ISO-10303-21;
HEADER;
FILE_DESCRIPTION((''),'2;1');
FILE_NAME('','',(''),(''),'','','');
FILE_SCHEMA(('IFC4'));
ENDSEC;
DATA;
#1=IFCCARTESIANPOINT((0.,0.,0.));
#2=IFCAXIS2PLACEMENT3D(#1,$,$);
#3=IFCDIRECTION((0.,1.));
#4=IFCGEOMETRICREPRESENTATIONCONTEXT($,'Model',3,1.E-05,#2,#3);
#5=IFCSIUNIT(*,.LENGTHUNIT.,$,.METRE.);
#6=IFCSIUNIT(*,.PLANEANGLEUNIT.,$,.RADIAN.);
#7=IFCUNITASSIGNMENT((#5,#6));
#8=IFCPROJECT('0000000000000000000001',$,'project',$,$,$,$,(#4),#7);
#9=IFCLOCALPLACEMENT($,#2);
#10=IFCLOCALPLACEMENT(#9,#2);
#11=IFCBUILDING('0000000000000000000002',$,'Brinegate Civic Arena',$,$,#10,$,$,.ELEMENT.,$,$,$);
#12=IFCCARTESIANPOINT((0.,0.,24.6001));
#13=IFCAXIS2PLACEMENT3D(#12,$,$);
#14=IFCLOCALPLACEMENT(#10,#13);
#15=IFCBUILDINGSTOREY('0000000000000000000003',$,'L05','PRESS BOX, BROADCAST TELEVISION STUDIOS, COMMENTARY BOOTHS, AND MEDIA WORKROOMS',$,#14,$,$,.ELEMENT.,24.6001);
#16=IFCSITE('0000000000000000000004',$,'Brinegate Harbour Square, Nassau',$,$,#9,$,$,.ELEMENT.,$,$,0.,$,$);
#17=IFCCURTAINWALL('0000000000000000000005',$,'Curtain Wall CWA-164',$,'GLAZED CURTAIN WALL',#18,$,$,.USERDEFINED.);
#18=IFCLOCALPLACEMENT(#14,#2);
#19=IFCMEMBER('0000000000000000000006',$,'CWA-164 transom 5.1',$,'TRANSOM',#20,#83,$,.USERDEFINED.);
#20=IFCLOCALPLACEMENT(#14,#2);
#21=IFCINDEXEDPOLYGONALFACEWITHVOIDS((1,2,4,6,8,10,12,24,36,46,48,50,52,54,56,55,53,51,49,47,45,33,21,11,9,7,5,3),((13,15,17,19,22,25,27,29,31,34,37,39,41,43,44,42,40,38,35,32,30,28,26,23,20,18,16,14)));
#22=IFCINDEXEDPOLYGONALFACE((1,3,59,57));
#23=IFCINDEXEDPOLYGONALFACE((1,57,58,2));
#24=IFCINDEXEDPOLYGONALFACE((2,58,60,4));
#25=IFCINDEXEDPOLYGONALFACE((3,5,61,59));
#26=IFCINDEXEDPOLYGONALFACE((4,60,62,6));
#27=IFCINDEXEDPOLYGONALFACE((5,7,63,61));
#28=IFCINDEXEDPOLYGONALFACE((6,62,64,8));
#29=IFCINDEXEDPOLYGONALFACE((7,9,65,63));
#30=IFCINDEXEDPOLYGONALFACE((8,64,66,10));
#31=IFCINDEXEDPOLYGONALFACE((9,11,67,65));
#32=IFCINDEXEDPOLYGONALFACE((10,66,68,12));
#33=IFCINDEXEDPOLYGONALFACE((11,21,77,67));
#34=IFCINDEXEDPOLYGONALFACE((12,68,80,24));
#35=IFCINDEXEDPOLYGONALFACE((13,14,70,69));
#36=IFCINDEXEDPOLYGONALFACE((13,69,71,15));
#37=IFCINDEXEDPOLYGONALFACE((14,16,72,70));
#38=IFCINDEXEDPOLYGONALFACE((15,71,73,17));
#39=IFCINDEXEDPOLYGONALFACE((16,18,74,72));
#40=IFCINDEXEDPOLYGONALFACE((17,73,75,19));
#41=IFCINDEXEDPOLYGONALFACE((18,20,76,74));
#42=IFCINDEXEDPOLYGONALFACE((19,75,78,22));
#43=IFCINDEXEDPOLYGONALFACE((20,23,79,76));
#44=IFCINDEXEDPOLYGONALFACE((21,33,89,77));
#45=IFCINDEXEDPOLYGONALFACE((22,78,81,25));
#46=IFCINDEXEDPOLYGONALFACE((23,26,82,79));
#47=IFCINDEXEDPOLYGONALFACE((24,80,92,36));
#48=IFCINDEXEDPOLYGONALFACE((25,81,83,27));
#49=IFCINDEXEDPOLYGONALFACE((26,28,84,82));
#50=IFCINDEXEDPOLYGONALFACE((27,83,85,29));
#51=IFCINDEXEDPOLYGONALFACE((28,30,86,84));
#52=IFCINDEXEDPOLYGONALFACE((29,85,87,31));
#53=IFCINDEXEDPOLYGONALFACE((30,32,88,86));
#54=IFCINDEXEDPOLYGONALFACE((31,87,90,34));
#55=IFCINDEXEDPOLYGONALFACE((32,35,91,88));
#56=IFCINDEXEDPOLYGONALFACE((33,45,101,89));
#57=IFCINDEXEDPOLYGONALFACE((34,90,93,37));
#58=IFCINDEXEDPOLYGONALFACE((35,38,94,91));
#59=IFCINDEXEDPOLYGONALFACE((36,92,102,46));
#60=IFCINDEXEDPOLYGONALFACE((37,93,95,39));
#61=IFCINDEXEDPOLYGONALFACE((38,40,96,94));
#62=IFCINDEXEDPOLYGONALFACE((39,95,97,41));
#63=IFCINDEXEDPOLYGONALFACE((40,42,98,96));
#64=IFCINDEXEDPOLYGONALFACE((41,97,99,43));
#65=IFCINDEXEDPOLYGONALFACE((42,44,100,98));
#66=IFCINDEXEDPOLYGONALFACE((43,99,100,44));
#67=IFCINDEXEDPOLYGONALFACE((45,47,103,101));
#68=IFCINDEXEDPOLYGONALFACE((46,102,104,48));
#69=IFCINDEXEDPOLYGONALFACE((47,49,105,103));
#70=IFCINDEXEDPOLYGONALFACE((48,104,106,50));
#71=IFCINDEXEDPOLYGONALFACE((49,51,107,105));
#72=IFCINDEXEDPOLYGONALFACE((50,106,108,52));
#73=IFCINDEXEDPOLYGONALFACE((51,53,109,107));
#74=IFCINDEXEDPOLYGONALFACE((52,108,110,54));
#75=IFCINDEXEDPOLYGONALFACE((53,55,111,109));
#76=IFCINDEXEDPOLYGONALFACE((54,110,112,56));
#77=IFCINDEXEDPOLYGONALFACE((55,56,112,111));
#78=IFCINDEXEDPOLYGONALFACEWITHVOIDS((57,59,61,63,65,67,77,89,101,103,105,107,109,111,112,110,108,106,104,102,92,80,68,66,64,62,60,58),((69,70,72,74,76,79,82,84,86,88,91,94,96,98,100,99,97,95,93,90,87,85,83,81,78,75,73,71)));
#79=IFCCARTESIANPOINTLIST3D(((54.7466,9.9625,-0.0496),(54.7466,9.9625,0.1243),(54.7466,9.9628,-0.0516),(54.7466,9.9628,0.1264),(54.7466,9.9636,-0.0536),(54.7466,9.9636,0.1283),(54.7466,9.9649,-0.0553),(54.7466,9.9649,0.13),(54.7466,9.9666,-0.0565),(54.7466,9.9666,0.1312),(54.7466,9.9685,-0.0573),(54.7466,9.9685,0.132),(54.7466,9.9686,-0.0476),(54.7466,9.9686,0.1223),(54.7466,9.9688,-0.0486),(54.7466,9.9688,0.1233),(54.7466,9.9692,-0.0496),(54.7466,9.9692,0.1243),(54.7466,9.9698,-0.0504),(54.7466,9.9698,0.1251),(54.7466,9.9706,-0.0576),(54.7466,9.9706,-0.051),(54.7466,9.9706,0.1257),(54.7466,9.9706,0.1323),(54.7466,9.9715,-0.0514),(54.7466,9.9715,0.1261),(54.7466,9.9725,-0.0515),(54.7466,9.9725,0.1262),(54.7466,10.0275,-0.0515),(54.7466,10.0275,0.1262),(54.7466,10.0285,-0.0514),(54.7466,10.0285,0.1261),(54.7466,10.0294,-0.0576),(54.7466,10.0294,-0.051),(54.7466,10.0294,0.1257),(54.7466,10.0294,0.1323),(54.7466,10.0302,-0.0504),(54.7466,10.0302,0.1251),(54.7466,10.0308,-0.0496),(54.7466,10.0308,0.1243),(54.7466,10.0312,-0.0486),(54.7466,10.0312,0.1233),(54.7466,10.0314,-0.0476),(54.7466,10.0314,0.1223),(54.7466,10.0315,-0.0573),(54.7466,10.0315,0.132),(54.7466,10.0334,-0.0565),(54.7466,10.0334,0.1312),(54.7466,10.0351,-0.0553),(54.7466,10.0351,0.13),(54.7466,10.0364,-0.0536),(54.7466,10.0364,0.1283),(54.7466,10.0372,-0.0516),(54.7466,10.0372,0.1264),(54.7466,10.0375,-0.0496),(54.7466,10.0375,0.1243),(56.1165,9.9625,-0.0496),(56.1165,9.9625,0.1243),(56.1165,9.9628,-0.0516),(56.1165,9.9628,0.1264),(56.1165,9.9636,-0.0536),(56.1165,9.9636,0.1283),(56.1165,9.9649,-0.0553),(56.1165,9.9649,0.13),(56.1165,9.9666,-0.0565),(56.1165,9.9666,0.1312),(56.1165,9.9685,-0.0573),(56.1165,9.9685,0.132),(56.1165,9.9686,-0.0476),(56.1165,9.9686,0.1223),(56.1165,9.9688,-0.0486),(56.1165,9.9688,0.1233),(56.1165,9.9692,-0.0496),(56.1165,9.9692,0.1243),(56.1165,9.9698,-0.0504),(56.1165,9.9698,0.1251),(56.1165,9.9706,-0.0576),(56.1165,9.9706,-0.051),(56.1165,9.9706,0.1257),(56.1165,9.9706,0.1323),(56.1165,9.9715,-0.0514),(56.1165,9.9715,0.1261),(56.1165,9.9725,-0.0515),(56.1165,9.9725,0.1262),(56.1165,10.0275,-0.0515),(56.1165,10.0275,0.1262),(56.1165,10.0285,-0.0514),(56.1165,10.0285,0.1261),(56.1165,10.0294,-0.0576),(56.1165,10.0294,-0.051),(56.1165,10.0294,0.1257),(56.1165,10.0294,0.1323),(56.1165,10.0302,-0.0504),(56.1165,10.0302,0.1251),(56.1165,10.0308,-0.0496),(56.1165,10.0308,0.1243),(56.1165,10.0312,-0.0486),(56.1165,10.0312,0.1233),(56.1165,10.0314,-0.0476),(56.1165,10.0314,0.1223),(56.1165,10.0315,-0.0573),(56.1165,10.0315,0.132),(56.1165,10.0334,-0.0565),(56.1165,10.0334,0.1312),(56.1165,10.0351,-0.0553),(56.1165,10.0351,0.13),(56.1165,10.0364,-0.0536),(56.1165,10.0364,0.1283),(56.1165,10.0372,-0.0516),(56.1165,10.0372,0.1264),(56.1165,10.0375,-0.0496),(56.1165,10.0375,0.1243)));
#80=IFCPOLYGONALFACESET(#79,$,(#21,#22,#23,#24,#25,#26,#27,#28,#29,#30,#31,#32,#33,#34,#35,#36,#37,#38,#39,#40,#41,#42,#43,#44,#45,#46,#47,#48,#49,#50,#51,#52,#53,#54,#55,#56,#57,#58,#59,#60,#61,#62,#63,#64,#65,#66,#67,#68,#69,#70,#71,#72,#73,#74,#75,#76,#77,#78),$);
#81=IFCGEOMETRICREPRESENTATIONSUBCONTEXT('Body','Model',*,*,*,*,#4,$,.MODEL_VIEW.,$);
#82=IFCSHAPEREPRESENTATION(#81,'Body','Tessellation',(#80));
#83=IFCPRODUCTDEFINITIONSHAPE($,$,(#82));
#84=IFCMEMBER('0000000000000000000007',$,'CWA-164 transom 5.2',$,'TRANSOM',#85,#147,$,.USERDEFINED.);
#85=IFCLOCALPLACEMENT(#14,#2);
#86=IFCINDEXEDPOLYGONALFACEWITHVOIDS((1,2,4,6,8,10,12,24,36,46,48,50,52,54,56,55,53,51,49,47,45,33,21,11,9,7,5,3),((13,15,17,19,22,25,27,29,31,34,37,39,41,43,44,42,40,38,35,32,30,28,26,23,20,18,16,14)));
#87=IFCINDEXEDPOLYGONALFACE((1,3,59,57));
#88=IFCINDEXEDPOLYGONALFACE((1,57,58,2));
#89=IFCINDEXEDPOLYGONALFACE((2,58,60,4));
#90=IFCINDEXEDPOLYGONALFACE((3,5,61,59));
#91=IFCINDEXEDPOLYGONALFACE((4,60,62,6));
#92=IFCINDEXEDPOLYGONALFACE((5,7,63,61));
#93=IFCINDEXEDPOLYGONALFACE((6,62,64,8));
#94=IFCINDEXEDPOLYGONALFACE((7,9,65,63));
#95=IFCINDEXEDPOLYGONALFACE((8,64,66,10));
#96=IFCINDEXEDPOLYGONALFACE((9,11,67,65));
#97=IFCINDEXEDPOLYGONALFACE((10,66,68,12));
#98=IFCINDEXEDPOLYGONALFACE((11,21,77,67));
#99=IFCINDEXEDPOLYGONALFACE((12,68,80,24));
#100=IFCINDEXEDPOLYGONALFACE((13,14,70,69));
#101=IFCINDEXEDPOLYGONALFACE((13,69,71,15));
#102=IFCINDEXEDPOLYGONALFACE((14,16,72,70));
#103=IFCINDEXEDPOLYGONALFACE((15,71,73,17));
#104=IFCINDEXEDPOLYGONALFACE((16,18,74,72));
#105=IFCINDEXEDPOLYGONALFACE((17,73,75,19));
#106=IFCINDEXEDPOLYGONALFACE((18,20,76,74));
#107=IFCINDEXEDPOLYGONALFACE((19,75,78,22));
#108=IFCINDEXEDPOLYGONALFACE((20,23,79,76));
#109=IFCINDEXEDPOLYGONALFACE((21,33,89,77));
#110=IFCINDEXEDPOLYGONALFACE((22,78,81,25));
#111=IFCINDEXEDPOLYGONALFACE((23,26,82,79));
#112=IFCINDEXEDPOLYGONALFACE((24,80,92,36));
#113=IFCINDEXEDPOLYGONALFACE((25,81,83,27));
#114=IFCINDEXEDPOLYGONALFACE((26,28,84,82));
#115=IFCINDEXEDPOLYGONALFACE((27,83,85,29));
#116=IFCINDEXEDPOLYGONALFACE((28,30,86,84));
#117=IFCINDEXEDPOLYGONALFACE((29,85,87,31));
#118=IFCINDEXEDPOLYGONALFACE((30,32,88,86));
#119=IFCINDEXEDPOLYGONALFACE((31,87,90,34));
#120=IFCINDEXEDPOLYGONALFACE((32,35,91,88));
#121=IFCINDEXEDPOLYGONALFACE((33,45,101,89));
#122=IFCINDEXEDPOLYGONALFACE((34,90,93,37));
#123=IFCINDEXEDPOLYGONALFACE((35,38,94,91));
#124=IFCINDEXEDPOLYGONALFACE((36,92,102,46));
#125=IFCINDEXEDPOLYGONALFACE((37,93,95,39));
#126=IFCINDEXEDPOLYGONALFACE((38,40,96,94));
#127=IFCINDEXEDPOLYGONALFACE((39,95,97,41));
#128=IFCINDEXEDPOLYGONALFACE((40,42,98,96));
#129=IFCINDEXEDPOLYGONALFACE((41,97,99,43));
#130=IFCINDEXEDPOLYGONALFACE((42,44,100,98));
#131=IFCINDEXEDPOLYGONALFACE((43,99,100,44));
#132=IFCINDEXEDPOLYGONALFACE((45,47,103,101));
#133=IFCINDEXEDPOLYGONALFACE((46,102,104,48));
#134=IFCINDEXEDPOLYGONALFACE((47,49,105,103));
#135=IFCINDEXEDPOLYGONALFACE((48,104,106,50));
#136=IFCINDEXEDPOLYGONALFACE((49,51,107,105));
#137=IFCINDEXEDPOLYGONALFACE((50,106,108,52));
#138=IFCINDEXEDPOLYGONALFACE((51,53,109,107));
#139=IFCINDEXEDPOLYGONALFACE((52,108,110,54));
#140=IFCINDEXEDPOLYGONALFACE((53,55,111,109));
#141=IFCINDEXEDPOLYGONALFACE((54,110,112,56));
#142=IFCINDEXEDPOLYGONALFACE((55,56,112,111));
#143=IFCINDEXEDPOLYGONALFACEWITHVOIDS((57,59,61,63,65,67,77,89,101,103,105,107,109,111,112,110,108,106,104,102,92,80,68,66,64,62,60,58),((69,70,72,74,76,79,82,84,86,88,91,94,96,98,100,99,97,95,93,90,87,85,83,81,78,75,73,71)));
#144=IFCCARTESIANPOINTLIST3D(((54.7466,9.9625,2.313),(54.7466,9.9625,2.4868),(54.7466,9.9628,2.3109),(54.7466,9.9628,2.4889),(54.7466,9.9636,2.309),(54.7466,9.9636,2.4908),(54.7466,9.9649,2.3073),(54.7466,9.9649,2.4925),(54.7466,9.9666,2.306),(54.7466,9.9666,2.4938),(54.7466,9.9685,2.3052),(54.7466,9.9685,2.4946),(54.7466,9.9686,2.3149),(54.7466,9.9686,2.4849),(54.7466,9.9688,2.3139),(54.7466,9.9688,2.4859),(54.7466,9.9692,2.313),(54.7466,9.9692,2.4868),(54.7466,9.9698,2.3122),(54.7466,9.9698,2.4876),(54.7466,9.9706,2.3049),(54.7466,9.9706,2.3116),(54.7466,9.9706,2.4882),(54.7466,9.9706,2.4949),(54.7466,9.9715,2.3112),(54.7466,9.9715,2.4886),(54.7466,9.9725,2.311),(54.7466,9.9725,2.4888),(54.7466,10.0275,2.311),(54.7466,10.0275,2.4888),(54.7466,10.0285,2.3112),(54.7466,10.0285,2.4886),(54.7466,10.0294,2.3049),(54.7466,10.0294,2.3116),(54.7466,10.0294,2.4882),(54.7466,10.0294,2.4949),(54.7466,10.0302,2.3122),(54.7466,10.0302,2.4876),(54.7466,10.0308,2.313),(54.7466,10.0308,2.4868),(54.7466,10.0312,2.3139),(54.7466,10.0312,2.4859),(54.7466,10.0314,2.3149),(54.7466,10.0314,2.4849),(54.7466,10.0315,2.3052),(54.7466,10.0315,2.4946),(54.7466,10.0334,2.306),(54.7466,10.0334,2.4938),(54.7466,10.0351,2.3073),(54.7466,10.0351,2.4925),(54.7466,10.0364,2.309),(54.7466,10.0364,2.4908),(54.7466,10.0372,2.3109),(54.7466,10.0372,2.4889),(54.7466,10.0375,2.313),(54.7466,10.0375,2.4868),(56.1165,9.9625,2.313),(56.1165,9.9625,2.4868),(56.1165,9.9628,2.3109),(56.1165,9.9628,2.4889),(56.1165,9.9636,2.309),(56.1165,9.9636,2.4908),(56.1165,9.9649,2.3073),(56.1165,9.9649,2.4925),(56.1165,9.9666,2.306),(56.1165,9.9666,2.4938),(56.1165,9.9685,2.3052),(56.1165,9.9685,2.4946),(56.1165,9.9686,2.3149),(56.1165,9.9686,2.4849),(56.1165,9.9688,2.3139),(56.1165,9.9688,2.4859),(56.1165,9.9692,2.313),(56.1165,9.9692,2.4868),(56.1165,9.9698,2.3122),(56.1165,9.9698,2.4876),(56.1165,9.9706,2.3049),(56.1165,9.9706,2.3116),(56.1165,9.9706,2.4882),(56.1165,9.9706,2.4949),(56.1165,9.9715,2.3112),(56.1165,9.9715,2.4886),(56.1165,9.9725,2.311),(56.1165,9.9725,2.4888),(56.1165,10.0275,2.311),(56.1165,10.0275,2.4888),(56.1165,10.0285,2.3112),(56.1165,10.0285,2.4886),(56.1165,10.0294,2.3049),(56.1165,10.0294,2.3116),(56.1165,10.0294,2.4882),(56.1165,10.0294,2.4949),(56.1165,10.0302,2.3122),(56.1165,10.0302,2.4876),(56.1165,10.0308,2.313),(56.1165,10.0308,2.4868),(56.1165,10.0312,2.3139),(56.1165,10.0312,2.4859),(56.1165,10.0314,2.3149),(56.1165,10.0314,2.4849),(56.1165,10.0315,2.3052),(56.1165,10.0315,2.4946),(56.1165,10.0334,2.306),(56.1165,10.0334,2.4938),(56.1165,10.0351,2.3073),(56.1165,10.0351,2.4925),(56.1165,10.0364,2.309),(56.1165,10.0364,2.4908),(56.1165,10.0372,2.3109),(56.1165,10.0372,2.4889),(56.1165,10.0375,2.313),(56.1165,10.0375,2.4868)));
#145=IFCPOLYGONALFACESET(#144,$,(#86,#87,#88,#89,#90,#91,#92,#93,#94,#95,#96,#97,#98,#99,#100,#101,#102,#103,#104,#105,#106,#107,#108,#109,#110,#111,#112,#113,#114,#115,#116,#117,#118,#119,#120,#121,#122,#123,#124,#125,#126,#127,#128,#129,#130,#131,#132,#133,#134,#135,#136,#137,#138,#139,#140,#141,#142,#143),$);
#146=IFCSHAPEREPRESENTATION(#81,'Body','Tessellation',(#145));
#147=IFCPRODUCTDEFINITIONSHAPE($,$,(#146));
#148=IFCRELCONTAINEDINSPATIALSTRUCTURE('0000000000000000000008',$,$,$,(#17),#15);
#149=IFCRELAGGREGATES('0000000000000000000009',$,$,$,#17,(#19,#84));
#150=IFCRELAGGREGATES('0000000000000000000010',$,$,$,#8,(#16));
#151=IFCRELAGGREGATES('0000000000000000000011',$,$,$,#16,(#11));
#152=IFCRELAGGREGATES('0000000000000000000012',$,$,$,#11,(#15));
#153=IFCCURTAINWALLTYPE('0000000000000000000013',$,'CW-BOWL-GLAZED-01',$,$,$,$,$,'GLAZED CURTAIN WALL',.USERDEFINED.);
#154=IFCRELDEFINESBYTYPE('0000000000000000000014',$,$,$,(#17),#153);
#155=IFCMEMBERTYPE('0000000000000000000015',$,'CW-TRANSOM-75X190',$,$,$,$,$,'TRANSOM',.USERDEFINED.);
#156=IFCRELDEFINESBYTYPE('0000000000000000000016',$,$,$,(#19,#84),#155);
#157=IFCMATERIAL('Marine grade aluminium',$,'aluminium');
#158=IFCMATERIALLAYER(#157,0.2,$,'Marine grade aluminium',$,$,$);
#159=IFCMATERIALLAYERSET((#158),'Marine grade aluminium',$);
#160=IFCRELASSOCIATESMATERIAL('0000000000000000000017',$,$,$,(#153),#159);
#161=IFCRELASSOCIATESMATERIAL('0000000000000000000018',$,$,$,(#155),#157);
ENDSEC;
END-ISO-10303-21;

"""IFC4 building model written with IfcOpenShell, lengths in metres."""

from ifc_helpers import new_model, si_unit, direction, frame, origin, origin_2d, place, context, subcontext, project, spatial, hollow_rectangle, extrude, material, layer, layer_set, material_profile, profile_set, type_object, element, aggregate, save


model = new_model("IFC4")

# Units and contexts
model_context = context("Model", 3, precision=1e-05, world=origin(), true_north=direction((0.0, 1.0)))
body_context = subcontext(model_context, "Body", "Model", "MODEL_VIEW")
ifc_project = project(units=[si_unit("LENGTHUNIT", "METRE"), si_unit("PLANEANGLEUNIT", "RADIAN")], contexts=[model_context])

# Site, building, storey
site_placement = place(None, origin())
site = spatial("IfcSite", under=ifc_project, at=site_placement, Name="Brinegate Harbour Square, Nassau", CompositionType="ELEMENT", RefElevation=0.0)
building_placement = place(site_placement, origin())
building = spatial("IfcBuilding", under=site, at=building_placement, Name="Brinegate Civic Arena", CompositionType="ELEMENT")
storey_placement = place(building_placement, frame((0.0, 0.0, 24.6001)))
storey = spatial("IfcBuildingStorey", under=building, at=storey_placement, Name="L05", Description="PRESS BOX, BROADCAST TELEVISION STUDIOS, COMMENTARY BOOTHS, AND MEDIA WORKROOMS", CompositionType="ELEMENT", Elevation=24.6001)

# Curtain wall
ifc_material_1 = material(Name="Marine grade aluminium", Category="aluminium")
ifc_layer_1 = layer(ifc_material_1, 0.2, Name="Marine grade aluminium")
ifc_layer_set_1 = layer_set([ifc_layer_1], Name="Marine grade aluminium")
curtain_wall_type = type_object("IfcCurtainWallType", Name="CW-BOWL-GLAZED-01", ElementType="GLAZED CURTAIN WALL", PredefinedType="USERDEFINED", material=ifc_layer_set_1)
curtain_wall_1_placement = place(storey_placement, origin())
curtain_wall_1 = element("IfcCurtainWall", 1, at=curtain_wall_1_placement, inside=storey, type_object=curtain_wall_type, Name="Curtain Wall CWA-164", ObjectType="GLAZED CURTAIN WALL", PredefinedType="USERDEFINED")

# Members
ifc_material_profile_1 = material_profile(ifc_material_1, hollow_rectangle(XDim=0.075, YDim=0.1899, WallThickness=0.0061, InnerFilletRadius=0.0039, OuterFilletRadius=0.0081, at=origin_2d()), Name="TRN75X190")
ifc_profile_set_1 = profile_set([ifc_material_profile_1], Name="Marine grade aluminium")
member_type_1 = type_object("IfcMemberType", Name="CW-TRANSOM-75X190", ElementType="TRANSOM", PredefinedType="USERDEFINED", material=ifc_profile_set_1)
member_1_placement = place(storey_placement, frame((54.7466, 10.0, 0.0374), z_axis=(1.0, 0.0, 0.0), x_axis=(0.0, 1.0, 0.0)))
member_1 = element("IfcMember", 2, at=member_1_placement, type_object=member_type_1, Name="CWA-164 transom 5.1", ObjectType="TRANSOM", PredefinedType="USERDEFINED", context=body_context, shape_type="SweptSolid", body=[
    extrude(hollow_rectangle(XDim=0.075, YDim=0.1899, WallThickness=0.0061, InnerFilletRadius=0.0039, OuterFilletRadius=0.0081, at=origin_2d()), origin(), (0.0, 0.0, 1.0), 1.3699),
])
member_2_placement = place(storey_placement, frame((54.7466, 10.0, 2.3999), z_axis=(1.0, 0.0, 0.0), x_axis=(0.0, 1.0, 0.0)))
member_2 = element("IfcMember", 3, at=member_2_placement, type_object=member_type_1, Name="CWA-164 transom 5.2", ObjectType="TRANSOM", PredefinedType="USERDEFINED", context=body_context, shape_type="SweptSolid", body=[
    extrude(hollow_rectangle(XDim=0.075, YDim=0.1899, WallThickness=0.0061, InnerFilletRadius=0.0039, OuterFilletRadius=0.0081, at=origin_2d()), origin(), (0.0, 0.0, 1.0), 1.3699),
])

aggregate(curtain_wall_1, [member_1, member_2])

save(model, "model.ifc")
